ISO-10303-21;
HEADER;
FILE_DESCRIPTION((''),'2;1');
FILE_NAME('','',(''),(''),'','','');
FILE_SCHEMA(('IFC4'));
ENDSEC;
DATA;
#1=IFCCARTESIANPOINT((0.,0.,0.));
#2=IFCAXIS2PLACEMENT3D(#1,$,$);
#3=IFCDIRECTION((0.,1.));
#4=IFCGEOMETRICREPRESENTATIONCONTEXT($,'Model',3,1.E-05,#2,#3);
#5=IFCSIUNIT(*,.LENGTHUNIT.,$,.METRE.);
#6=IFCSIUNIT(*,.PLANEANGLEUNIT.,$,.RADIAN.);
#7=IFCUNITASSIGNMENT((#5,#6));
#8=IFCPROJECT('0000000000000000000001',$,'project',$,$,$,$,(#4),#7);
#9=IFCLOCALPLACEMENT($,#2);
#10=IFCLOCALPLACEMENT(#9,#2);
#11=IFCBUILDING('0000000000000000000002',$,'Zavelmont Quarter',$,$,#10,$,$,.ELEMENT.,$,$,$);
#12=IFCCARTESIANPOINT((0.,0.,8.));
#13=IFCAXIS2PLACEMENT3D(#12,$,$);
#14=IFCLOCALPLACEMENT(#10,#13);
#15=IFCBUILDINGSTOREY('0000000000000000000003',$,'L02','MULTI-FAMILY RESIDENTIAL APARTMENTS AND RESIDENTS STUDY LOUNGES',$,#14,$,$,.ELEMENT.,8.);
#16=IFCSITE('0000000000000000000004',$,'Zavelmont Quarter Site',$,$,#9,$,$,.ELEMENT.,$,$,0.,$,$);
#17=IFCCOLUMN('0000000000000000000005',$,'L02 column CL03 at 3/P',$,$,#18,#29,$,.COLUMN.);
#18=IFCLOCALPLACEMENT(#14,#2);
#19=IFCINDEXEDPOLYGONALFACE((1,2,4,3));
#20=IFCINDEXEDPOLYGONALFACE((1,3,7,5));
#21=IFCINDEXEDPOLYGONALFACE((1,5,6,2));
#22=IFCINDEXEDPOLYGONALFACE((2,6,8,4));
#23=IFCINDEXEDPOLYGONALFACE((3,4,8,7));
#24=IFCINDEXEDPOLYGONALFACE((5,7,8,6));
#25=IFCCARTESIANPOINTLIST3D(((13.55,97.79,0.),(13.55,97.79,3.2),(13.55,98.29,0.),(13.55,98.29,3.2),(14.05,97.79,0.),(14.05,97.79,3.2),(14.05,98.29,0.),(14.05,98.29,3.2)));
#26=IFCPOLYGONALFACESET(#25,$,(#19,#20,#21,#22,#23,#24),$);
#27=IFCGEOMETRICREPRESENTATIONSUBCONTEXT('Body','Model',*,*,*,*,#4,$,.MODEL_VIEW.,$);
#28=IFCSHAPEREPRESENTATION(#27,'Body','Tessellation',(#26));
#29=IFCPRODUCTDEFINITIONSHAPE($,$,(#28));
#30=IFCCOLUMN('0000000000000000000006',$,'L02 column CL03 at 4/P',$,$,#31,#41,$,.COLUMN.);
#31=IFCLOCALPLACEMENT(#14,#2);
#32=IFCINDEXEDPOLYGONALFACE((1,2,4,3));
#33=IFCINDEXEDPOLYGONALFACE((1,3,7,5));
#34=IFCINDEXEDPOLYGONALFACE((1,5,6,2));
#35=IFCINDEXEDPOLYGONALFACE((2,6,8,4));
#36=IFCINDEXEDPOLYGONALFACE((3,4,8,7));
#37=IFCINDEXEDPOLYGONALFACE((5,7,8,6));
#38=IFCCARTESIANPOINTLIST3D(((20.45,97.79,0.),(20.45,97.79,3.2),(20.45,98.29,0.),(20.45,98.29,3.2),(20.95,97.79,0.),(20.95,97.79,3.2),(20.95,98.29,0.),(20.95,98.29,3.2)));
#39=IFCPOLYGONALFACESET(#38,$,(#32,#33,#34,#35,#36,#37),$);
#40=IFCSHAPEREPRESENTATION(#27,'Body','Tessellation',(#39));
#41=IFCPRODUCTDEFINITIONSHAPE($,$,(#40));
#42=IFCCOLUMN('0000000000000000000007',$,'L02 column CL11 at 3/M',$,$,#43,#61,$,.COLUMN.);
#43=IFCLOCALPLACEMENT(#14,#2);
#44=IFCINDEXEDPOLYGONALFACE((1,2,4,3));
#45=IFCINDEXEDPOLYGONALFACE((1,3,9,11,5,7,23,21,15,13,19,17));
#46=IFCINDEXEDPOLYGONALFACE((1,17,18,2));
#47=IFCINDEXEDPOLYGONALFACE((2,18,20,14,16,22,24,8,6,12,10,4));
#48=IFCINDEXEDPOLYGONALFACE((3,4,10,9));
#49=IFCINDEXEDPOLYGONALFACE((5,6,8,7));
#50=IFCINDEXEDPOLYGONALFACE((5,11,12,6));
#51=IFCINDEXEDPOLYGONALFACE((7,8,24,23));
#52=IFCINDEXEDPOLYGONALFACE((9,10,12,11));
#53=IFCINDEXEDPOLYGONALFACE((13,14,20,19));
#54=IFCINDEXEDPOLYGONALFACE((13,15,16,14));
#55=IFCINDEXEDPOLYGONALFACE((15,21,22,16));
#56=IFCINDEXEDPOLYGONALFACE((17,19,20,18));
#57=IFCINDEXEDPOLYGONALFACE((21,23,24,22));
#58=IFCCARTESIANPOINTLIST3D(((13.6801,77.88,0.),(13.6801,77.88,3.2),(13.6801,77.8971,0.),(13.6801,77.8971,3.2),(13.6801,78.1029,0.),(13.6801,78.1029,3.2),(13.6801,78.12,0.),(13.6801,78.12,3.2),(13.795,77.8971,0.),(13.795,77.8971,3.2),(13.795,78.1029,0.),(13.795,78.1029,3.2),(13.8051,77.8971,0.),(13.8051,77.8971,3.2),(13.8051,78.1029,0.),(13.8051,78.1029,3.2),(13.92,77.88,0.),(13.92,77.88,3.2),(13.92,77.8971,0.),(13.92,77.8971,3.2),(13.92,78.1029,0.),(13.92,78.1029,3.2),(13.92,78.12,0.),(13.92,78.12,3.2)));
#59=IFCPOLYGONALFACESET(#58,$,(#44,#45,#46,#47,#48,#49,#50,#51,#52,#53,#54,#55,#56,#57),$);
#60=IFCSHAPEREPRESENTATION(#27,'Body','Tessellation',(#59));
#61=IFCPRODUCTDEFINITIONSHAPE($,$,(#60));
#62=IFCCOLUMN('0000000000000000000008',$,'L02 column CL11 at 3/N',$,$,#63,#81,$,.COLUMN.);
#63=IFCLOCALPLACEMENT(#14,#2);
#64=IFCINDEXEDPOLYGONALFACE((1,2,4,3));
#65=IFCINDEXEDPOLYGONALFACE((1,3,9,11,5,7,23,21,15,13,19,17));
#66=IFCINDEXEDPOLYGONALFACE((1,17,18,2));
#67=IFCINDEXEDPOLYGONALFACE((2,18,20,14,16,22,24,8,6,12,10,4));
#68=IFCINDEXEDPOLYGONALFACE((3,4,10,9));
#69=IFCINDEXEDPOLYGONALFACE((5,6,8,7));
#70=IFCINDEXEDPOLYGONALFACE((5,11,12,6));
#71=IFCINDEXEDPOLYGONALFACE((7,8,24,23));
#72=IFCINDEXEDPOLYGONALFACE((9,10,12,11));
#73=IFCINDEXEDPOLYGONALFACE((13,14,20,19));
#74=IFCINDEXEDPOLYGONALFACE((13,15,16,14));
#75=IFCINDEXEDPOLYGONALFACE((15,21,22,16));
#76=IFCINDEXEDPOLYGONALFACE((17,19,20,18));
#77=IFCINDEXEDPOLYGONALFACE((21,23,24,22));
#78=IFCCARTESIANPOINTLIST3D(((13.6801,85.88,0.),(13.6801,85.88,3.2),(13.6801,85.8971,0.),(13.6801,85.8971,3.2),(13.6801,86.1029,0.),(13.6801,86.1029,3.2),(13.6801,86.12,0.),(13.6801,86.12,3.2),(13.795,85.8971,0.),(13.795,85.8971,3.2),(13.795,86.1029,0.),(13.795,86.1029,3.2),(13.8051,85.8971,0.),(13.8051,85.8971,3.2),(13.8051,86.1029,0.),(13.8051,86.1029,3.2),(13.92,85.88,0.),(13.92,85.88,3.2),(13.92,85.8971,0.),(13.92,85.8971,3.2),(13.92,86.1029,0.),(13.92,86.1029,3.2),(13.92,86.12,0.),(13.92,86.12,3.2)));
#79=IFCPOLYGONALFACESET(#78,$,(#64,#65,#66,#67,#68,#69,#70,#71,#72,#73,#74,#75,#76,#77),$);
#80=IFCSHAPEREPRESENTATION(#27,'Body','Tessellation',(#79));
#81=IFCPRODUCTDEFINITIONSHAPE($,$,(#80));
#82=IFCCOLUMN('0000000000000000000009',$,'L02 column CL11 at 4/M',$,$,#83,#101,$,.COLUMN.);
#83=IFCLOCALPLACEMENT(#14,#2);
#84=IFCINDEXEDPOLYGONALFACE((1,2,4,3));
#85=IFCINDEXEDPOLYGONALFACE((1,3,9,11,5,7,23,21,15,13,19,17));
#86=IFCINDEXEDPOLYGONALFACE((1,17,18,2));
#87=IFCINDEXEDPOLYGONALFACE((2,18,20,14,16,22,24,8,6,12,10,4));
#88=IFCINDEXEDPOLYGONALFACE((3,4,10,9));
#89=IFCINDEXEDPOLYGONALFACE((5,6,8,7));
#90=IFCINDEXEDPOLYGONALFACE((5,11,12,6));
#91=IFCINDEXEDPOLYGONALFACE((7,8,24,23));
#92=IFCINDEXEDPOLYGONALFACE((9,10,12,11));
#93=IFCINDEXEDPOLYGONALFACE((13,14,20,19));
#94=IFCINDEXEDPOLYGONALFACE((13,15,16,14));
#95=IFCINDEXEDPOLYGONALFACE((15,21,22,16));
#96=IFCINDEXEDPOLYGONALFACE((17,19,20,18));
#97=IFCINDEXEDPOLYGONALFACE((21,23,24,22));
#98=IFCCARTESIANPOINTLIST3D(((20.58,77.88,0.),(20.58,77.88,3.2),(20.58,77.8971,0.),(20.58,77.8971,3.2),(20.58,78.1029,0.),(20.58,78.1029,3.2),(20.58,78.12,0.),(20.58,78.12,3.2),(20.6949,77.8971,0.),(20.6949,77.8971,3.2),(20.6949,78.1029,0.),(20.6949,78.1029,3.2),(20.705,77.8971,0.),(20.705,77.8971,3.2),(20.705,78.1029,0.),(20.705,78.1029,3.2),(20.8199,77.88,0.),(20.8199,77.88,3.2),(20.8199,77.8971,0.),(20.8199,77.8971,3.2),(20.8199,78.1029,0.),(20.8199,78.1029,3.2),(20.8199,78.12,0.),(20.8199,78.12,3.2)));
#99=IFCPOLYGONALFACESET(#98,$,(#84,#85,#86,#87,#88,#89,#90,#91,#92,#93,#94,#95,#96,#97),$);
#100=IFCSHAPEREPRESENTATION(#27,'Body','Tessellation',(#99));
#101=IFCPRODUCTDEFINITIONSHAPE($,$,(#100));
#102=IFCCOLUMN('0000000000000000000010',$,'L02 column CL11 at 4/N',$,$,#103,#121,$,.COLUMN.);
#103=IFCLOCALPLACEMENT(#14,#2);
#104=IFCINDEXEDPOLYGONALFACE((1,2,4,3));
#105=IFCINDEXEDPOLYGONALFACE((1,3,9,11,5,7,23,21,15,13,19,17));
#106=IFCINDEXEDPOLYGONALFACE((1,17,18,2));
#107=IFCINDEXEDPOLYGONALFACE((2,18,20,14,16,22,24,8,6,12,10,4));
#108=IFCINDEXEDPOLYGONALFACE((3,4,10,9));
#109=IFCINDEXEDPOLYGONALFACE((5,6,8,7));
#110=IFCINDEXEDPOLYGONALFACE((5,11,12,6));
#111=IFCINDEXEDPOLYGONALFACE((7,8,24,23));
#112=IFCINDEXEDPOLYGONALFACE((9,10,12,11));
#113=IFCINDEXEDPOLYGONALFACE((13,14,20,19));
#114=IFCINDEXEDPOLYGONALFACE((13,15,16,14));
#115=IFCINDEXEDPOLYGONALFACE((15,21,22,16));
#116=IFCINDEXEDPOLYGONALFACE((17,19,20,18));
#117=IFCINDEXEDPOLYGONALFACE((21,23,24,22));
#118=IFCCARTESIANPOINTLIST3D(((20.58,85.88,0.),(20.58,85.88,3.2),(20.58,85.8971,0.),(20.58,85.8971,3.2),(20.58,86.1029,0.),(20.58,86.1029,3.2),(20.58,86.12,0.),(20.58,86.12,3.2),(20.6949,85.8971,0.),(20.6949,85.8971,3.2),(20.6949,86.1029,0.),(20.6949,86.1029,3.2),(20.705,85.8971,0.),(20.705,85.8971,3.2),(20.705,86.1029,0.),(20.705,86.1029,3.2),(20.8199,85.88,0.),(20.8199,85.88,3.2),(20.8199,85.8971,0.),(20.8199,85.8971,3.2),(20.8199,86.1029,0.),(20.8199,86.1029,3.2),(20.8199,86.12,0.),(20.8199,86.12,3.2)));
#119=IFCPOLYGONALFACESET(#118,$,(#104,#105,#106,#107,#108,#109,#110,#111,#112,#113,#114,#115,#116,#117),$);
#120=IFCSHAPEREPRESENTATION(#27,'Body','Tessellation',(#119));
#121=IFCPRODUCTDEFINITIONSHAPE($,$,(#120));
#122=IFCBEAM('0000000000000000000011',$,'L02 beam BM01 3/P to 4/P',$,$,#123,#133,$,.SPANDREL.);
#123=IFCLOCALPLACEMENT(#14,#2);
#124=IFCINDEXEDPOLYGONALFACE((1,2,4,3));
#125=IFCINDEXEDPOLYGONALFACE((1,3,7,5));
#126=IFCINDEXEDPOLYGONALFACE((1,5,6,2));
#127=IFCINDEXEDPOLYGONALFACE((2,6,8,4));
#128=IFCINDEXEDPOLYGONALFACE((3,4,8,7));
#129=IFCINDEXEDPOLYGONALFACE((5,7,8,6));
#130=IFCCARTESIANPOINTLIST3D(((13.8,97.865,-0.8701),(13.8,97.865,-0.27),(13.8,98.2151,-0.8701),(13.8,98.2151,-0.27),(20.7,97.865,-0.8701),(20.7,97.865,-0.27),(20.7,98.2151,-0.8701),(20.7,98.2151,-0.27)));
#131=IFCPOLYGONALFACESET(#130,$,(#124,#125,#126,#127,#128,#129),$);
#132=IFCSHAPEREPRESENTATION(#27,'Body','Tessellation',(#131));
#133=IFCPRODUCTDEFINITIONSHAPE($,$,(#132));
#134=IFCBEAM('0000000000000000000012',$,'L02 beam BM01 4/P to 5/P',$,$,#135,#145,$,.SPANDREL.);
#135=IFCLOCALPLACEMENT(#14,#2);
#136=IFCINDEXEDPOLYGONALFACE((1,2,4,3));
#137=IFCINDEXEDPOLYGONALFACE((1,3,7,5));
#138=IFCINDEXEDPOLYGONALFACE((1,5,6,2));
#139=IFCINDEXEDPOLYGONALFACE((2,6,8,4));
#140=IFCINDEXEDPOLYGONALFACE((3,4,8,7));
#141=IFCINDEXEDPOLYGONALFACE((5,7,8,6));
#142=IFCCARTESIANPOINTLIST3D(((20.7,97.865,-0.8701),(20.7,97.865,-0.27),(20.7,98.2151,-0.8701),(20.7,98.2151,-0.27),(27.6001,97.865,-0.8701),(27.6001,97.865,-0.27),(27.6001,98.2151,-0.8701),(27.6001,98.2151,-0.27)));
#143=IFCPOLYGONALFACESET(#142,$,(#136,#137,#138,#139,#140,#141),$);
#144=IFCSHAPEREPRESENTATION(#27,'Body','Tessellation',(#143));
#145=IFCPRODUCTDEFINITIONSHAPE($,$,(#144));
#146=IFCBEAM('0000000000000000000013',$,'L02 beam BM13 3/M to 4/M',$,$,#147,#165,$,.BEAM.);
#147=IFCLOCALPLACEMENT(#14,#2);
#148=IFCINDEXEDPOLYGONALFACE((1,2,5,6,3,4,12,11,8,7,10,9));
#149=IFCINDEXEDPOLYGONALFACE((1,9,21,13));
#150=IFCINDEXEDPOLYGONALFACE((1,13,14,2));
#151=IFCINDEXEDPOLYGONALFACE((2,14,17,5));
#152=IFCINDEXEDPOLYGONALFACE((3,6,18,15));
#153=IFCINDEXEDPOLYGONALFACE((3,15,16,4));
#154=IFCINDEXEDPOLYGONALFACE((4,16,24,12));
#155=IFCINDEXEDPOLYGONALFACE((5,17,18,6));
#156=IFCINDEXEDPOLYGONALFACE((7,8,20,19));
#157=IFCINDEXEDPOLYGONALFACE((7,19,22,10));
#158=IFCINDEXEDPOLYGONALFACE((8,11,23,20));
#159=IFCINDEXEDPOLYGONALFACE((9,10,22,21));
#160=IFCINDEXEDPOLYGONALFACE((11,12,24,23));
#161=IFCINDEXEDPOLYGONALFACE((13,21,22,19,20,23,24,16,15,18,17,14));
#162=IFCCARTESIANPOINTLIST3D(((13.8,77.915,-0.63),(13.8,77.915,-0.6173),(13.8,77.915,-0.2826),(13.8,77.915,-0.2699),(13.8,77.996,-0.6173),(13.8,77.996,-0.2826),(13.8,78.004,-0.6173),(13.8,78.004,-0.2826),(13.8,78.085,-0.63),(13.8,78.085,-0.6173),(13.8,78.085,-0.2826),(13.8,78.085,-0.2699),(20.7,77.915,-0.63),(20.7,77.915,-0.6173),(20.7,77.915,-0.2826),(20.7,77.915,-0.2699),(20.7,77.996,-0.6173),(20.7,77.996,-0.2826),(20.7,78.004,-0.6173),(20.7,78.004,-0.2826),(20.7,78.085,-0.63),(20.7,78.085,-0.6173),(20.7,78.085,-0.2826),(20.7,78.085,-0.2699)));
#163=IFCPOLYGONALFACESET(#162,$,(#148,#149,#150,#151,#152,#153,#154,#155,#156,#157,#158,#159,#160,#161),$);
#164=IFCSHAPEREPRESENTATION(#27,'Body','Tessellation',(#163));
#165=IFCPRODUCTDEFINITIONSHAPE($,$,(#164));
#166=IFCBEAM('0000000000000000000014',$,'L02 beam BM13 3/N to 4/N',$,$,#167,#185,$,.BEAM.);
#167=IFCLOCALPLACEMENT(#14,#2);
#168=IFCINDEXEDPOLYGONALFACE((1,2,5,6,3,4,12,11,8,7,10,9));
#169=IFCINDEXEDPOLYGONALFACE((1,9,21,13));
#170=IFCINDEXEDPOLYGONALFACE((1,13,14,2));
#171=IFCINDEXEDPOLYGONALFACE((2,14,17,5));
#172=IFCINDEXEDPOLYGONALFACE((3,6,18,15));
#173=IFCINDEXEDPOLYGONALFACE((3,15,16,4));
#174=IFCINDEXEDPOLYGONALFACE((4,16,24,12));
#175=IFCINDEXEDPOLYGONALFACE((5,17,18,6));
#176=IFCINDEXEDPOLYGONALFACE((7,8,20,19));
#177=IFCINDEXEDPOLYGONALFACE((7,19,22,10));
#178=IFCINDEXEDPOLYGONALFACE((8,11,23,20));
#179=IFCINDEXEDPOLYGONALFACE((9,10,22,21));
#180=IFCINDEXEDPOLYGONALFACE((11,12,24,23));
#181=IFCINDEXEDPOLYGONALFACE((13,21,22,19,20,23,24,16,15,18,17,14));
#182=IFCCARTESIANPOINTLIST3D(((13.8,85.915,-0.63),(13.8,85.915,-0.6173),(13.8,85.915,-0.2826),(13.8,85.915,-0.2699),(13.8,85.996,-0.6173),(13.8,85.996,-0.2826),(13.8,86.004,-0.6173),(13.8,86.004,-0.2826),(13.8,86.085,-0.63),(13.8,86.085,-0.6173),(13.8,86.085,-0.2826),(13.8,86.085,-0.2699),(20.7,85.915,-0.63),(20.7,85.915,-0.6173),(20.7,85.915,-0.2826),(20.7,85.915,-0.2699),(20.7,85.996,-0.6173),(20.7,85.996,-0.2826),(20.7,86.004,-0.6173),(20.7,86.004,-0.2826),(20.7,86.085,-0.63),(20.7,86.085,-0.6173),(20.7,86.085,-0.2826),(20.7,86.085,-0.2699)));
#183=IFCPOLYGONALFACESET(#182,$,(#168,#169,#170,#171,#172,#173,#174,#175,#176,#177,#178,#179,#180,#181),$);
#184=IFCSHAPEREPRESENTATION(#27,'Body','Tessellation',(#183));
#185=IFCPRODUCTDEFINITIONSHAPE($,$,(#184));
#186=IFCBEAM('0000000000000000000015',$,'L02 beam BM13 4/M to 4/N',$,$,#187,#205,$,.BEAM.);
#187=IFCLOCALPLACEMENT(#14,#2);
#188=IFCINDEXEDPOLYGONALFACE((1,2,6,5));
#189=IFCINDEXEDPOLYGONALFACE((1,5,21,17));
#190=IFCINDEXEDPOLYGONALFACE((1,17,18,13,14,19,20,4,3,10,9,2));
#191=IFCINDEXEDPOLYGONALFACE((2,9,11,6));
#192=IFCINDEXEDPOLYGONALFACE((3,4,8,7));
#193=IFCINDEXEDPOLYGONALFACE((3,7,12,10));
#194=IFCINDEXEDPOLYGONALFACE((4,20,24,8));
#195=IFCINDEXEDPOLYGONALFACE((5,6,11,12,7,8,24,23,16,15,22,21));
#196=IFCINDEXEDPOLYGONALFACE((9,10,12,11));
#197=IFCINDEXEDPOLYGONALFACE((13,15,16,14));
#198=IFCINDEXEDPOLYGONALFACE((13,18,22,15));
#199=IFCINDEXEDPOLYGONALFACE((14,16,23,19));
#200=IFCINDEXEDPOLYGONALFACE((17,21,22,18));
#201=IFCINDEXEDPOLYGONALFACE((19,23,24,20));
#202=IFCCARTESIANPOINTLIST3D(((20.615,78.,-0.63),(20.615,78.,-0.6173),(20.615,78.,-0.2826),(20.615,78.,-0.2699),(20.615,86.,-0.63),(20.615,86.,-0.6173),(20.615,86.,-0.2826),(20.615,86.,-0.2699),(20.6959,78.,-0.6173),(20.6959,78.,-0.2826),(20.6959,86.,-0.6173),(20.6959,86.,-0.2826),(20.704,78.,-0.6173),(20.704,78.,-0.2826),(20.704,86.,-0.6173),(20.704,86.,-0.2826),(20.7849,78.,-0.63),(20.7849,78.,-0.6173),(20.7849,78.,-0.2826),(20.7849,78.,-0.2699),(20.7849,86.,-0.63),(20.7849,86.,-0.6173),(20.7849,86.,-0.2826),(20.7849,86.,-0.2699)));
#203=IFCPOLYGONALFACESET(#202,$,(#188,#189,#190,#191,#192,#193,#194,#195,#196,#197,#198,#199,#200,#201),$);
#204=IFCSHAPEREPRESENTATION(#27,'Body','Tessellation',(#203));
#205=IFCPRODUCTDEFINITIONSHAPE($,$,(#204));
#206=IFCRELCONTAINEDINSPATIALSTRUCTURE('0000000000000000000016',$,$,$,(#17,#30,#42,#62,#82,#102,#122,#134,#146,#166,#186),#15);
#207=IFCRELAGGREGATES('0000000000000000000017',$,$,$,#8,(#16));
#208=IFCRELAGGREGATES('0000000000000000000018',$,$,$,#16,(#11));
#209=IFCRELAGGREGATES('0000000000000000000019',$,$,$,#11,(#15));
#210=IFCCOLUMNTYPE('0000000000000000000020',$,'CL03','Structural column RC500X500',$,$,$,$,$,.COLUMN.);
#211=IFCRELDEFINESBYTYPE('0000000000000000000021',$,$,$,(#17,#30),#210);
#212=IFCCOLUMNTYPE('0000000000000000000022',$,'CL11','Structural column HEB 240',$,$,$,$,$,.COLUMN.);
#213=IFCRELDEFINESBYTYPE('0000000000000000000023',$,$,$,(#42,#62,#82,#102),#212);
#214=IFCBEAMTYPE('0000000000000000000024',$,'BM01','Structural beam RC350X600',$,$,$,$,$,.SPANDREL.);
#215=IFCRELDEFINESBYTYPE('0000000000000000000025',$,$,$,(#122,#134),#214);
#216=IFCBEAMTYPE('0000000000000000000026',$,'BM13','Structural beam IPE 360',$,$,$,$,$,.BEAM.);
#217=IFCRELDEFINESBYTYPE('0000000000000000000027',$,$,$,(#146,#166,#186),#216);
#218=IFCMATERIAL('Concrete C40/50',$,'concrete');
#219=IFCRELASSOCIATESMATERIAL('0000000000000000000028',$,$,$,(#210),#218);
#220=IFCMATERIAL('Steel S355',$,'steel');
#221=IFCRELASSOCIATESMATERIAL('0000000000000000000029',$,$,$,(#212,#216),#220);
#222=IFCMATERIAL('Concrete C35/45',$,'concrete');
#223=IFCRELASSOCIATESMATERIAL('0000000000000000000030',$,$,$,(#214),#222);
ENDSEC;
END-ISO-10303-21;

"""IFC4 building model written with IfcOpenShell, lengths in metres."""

from ifc_helpers import new_model, si_unit, direction, frame, origin, origin_2d, place, context, subcontext, project, spatial, rectangle, i_section, extrude, material, material_profile, profile_set, type_object, element, save


model = new_model("IFC4")

# Units and contexts
model_context = context("Model", 3, precision=1e-05, world=origin(), true_north=direction((0.0, 1.0)))
body_context = subcontext(model_context, "Body", "Model", "MODEL_VIEW")
ifc_project = project(units=[si_unit("LENGTHUNIT", "METRE"), si_unit("PLANEANGLEUNIT", "RADIAN")], contexts=[model_context])

# Site, building, storey
site_placement = place(None, origin())
site = spatial("IfcSite", under=ifc_project, at=site_placement, Name="Zavelmont Quarter Site", CompositionType="ELEMENT", RefElevation=0.0)
building_placement = place(site_placement, origin())
building = spatial("IfcBuilding", under=site, at=building_placement, Name="Zavelmont Quarter", CompositionType="ELEMENT")
storey_placement = place(building_placement, frame((0.0, 0.0, 8.0)))
storey = spatial("IfcBuildingStorey", under=building, at=storey_placement, Name="L02", Description="MULTI-FAMILY RESIDENTIAL APARTMENTS AND RESIDENTS STUDY LOUNGES", CompositionType="ELEMENT", Elevation=8.0)

# Columns
ifc_material_1 = material(Name="Concrete C40/50", Category="concrete")
ifc_material_profile_1 = material_profile(ifc_material_1, rectangle(XDim=0.5, YDim=0.5, at=origin_2d()), Name="RC500X500")
ifc_profile_set_1 = profile_set([ifc_material_profile_1], Name="Concrete C40/50")
column_type_1 = type_object("IfcColumnType", Name="CL03", Description="Structural column RC500X500", PredefinedType="COLUMN", material=ifc_profile_set_1)
for number, where, z_axis, x_axis, name in (
    (1, (13.8, 98.04, 0.0), (0.0, 0.0, 1.0), (1.0, 0.0, 0.0), "L02 column CL03 at 3/P"),
    (2, (20.7, 98.04, 0.0), (0.0, 0.0, 1.0), (1.0, 0.0, 0.0), "L02 column CL03 at 4/P"),
):
    element("IfcColumn", number, at=place(storey_placement, frame(where, z_axis=z_axis, x_axis=x_axis)), inside=storey, type_object=column_type_1, Name=name, PredefinedType="COLUMN", context=body_context, shape_type="SweptSolid", body=[
        extrude(rectangle(XDim=0.5, YDim=0.5, at=origin_2d()), origin(), (0.0, 0.0, 1.0), 3.2),
    ])
ifc_material_2 = material(Name="Steel S355", Category="steel")
ifc_material_profile_2 = material_profile(ifc_material_2, i_section(OverallWidth=0.24, OverallDepth=0.24, WebThickness=0.01, FlangeThickness=0.0171, at=origin_2d()), Name="HEB 240")
ifc_profile_set_2 = profile_set([ifc_material_profile_2], Name="Steel S355")
column_type_2 = type_object("IfcColumnType", Name="CL11", Description="Structural column HEB 240", PredefinedType="COLUMN", material=ifc_profile_set_2)
for number, where, z_axis, x_axis, name in (
    (3, (13.8, 78.0, 0.0), (0.0, 0.0, 1.0), (1.0, 0.0, 0.0), "L02 column CL11 at 3/M"),
    (4, (13.8, 86.0, 0.0), (0.0, 0.0, 1.0), (1.0, 0.0, 0.0), "L02 column CL11 at 3/N"),
    (5, (20.7, 78.0, 0.0), (0.0, 0.0, 1.0), (1.0, 0.0, 0.0), "L02 column CL11 at 4/M"),
    (6, (20.7, 86.0, 0.0), (0.0, 0.0, 1.0), (1.0, 0.0, 0.0), "L02 column CL11 at 4/N"),
):
    element("IfcColumn", number, at=place(storey_placement, frame(where, z_axis=z_axis, x_axis=x_axis)), inside=storey, type_object=column_type_2, Name=name, PredefinedType="COLUMN", context=body_context, shape_type="SweptSolid", body=[
        extrude(i_section(OverallWidth=0.24, OverallDepth=0.24, WebThickness=0.01, FlangeThickness=0.0171, at=origin_2d()), origin(), (0.0, 0.0, 1.0), 3.2),
    ])

# Beams
ifc_material_3 = material(Name="Concrete C35/45", Category="concrete")
ifc_material_profile_3 = material_profile(ifc_material_3, rectangle(XDim=0.3501, YDim=0.6001, at=origin_2d()), Name="RC350X600")
ifc_profile_set_3 = profile_set([ifc_material_profile_3], Name="Concrete C35/45")
beam_type_1 = type_object("IfcBeamType", Name="BM01", Description="Structural beam RC350X600", PredefinedType="SPANDREL", material=ifc_profile_set_3)
beam_1_placement = place(storey_placement, frame((13.8, 98.04, -0.5701), z_axis=(1.0, 0.0, 0.0), x_axis=(0.0, 1.0, 0.0)))
element("IfcBeam", 7, at=beam_1_placement, inside=storey, type_object=beam_type_1, Name="L02 beam BM01 3/P to 4/P", PredefinedType="SPANDREL", context=body_context, shape_type="SweptSolid", body=[
    extrude(rectangle(XDim=0.3501, YDim=0.6001, at=origin_2d()), origin(), (0.0, 0.0, 1.0), 6.8999),
])
beam_2_placement = place(storey_placement, frame((20.7, 98.04, -0.5701), z_axis=(1.0, 0.0, 0.0), x_axis=(0.0, 1.0, 0.0)))
element("IfcBeam", 8, at=beam_2_placement, inside=storey, type_object=beam_type_1, Name="L02 beam BM01 4/P to 5/P", PredefinedType="SPANDREL", context=body_context, shape_type="SweptSolid", body=[
    extrude(rectangle(XDim=0.3501, YDim=0.6001, at=origin_2d()), origin(), (0.0, 0.0, 1.0), 6.9001),
])
ifc_material_profile_4 = material_profile(ifc_material_2, i_section(OverallWidth=0.1699, OverallDepth=0.3601, WebThickness=0.0081, FlangeThickness=0.0127, at=origin_2d()), Name="IPE 360")
ifc_profile_set_4 = profile_set([ifc_material_profile_4], Name="Steel S355")
beam_type_2 = type_object("IfcBeamType", Name="BM13", Description="Structural beam IPE 360", PredefinedType="BEAM", material=ifc_profile_set_4)
for number, where, z_axis, x_axis, name in (
    (9, (13.8, 78.0, -0.45), (1.0, 0.0, 0.0), (0.0, 1.0, 0.0), "L02 beam BM13 3/M to 4/M"),
    (10, (13.8, 86.0, -0.45), (1.0, 0.0, 0.0), (0.0, 1.0, 0.0), "L02 beam BM13 3/N to 4/N"),
):
    element("IfcBeam", number, at=place(storey_placement, frame(where, z_axis=z_axis, x_axis=x_axis)), inside=storey, type_object=beam_type_2, Name=name, PredefinedType="BEAM", context=body_context, shape_type="SweptSolid", body=[
        extrude(i_section(OverallWidth=0.1699, OverallDepth=0.3601, WebThickness=0.0081, FlangeThickness=0.0127, at=origin_2d()), origin(), (0.0, 0.0, 1.0), 6.8999),
    ])
beam_3_placement = place(storey_placement, frame((20.7, 78.0, -0.45), z_axis=(0.0, 1.0, 0.0), x_axis=(-1.0, 0.0, 0.0)))
element("IfcBeam", 11, at=beam_3_placement, inside=storey, type_object=beam_type_2, Name="L02 beam BM13 4/M to 4/N", PredefinedType="BEAM", context=body_context, shape_type="SweptSolid", body=[
    extrude(i_section(OverallWidth=0.1699, OverallDepth=0.3601, WebThickness=0.0081, FlangeThickness=0.0127, at=origin_2d()), origin(), (0.0, 0.0, 1.0), 8.0),
])

save(model, "model.ifc")
